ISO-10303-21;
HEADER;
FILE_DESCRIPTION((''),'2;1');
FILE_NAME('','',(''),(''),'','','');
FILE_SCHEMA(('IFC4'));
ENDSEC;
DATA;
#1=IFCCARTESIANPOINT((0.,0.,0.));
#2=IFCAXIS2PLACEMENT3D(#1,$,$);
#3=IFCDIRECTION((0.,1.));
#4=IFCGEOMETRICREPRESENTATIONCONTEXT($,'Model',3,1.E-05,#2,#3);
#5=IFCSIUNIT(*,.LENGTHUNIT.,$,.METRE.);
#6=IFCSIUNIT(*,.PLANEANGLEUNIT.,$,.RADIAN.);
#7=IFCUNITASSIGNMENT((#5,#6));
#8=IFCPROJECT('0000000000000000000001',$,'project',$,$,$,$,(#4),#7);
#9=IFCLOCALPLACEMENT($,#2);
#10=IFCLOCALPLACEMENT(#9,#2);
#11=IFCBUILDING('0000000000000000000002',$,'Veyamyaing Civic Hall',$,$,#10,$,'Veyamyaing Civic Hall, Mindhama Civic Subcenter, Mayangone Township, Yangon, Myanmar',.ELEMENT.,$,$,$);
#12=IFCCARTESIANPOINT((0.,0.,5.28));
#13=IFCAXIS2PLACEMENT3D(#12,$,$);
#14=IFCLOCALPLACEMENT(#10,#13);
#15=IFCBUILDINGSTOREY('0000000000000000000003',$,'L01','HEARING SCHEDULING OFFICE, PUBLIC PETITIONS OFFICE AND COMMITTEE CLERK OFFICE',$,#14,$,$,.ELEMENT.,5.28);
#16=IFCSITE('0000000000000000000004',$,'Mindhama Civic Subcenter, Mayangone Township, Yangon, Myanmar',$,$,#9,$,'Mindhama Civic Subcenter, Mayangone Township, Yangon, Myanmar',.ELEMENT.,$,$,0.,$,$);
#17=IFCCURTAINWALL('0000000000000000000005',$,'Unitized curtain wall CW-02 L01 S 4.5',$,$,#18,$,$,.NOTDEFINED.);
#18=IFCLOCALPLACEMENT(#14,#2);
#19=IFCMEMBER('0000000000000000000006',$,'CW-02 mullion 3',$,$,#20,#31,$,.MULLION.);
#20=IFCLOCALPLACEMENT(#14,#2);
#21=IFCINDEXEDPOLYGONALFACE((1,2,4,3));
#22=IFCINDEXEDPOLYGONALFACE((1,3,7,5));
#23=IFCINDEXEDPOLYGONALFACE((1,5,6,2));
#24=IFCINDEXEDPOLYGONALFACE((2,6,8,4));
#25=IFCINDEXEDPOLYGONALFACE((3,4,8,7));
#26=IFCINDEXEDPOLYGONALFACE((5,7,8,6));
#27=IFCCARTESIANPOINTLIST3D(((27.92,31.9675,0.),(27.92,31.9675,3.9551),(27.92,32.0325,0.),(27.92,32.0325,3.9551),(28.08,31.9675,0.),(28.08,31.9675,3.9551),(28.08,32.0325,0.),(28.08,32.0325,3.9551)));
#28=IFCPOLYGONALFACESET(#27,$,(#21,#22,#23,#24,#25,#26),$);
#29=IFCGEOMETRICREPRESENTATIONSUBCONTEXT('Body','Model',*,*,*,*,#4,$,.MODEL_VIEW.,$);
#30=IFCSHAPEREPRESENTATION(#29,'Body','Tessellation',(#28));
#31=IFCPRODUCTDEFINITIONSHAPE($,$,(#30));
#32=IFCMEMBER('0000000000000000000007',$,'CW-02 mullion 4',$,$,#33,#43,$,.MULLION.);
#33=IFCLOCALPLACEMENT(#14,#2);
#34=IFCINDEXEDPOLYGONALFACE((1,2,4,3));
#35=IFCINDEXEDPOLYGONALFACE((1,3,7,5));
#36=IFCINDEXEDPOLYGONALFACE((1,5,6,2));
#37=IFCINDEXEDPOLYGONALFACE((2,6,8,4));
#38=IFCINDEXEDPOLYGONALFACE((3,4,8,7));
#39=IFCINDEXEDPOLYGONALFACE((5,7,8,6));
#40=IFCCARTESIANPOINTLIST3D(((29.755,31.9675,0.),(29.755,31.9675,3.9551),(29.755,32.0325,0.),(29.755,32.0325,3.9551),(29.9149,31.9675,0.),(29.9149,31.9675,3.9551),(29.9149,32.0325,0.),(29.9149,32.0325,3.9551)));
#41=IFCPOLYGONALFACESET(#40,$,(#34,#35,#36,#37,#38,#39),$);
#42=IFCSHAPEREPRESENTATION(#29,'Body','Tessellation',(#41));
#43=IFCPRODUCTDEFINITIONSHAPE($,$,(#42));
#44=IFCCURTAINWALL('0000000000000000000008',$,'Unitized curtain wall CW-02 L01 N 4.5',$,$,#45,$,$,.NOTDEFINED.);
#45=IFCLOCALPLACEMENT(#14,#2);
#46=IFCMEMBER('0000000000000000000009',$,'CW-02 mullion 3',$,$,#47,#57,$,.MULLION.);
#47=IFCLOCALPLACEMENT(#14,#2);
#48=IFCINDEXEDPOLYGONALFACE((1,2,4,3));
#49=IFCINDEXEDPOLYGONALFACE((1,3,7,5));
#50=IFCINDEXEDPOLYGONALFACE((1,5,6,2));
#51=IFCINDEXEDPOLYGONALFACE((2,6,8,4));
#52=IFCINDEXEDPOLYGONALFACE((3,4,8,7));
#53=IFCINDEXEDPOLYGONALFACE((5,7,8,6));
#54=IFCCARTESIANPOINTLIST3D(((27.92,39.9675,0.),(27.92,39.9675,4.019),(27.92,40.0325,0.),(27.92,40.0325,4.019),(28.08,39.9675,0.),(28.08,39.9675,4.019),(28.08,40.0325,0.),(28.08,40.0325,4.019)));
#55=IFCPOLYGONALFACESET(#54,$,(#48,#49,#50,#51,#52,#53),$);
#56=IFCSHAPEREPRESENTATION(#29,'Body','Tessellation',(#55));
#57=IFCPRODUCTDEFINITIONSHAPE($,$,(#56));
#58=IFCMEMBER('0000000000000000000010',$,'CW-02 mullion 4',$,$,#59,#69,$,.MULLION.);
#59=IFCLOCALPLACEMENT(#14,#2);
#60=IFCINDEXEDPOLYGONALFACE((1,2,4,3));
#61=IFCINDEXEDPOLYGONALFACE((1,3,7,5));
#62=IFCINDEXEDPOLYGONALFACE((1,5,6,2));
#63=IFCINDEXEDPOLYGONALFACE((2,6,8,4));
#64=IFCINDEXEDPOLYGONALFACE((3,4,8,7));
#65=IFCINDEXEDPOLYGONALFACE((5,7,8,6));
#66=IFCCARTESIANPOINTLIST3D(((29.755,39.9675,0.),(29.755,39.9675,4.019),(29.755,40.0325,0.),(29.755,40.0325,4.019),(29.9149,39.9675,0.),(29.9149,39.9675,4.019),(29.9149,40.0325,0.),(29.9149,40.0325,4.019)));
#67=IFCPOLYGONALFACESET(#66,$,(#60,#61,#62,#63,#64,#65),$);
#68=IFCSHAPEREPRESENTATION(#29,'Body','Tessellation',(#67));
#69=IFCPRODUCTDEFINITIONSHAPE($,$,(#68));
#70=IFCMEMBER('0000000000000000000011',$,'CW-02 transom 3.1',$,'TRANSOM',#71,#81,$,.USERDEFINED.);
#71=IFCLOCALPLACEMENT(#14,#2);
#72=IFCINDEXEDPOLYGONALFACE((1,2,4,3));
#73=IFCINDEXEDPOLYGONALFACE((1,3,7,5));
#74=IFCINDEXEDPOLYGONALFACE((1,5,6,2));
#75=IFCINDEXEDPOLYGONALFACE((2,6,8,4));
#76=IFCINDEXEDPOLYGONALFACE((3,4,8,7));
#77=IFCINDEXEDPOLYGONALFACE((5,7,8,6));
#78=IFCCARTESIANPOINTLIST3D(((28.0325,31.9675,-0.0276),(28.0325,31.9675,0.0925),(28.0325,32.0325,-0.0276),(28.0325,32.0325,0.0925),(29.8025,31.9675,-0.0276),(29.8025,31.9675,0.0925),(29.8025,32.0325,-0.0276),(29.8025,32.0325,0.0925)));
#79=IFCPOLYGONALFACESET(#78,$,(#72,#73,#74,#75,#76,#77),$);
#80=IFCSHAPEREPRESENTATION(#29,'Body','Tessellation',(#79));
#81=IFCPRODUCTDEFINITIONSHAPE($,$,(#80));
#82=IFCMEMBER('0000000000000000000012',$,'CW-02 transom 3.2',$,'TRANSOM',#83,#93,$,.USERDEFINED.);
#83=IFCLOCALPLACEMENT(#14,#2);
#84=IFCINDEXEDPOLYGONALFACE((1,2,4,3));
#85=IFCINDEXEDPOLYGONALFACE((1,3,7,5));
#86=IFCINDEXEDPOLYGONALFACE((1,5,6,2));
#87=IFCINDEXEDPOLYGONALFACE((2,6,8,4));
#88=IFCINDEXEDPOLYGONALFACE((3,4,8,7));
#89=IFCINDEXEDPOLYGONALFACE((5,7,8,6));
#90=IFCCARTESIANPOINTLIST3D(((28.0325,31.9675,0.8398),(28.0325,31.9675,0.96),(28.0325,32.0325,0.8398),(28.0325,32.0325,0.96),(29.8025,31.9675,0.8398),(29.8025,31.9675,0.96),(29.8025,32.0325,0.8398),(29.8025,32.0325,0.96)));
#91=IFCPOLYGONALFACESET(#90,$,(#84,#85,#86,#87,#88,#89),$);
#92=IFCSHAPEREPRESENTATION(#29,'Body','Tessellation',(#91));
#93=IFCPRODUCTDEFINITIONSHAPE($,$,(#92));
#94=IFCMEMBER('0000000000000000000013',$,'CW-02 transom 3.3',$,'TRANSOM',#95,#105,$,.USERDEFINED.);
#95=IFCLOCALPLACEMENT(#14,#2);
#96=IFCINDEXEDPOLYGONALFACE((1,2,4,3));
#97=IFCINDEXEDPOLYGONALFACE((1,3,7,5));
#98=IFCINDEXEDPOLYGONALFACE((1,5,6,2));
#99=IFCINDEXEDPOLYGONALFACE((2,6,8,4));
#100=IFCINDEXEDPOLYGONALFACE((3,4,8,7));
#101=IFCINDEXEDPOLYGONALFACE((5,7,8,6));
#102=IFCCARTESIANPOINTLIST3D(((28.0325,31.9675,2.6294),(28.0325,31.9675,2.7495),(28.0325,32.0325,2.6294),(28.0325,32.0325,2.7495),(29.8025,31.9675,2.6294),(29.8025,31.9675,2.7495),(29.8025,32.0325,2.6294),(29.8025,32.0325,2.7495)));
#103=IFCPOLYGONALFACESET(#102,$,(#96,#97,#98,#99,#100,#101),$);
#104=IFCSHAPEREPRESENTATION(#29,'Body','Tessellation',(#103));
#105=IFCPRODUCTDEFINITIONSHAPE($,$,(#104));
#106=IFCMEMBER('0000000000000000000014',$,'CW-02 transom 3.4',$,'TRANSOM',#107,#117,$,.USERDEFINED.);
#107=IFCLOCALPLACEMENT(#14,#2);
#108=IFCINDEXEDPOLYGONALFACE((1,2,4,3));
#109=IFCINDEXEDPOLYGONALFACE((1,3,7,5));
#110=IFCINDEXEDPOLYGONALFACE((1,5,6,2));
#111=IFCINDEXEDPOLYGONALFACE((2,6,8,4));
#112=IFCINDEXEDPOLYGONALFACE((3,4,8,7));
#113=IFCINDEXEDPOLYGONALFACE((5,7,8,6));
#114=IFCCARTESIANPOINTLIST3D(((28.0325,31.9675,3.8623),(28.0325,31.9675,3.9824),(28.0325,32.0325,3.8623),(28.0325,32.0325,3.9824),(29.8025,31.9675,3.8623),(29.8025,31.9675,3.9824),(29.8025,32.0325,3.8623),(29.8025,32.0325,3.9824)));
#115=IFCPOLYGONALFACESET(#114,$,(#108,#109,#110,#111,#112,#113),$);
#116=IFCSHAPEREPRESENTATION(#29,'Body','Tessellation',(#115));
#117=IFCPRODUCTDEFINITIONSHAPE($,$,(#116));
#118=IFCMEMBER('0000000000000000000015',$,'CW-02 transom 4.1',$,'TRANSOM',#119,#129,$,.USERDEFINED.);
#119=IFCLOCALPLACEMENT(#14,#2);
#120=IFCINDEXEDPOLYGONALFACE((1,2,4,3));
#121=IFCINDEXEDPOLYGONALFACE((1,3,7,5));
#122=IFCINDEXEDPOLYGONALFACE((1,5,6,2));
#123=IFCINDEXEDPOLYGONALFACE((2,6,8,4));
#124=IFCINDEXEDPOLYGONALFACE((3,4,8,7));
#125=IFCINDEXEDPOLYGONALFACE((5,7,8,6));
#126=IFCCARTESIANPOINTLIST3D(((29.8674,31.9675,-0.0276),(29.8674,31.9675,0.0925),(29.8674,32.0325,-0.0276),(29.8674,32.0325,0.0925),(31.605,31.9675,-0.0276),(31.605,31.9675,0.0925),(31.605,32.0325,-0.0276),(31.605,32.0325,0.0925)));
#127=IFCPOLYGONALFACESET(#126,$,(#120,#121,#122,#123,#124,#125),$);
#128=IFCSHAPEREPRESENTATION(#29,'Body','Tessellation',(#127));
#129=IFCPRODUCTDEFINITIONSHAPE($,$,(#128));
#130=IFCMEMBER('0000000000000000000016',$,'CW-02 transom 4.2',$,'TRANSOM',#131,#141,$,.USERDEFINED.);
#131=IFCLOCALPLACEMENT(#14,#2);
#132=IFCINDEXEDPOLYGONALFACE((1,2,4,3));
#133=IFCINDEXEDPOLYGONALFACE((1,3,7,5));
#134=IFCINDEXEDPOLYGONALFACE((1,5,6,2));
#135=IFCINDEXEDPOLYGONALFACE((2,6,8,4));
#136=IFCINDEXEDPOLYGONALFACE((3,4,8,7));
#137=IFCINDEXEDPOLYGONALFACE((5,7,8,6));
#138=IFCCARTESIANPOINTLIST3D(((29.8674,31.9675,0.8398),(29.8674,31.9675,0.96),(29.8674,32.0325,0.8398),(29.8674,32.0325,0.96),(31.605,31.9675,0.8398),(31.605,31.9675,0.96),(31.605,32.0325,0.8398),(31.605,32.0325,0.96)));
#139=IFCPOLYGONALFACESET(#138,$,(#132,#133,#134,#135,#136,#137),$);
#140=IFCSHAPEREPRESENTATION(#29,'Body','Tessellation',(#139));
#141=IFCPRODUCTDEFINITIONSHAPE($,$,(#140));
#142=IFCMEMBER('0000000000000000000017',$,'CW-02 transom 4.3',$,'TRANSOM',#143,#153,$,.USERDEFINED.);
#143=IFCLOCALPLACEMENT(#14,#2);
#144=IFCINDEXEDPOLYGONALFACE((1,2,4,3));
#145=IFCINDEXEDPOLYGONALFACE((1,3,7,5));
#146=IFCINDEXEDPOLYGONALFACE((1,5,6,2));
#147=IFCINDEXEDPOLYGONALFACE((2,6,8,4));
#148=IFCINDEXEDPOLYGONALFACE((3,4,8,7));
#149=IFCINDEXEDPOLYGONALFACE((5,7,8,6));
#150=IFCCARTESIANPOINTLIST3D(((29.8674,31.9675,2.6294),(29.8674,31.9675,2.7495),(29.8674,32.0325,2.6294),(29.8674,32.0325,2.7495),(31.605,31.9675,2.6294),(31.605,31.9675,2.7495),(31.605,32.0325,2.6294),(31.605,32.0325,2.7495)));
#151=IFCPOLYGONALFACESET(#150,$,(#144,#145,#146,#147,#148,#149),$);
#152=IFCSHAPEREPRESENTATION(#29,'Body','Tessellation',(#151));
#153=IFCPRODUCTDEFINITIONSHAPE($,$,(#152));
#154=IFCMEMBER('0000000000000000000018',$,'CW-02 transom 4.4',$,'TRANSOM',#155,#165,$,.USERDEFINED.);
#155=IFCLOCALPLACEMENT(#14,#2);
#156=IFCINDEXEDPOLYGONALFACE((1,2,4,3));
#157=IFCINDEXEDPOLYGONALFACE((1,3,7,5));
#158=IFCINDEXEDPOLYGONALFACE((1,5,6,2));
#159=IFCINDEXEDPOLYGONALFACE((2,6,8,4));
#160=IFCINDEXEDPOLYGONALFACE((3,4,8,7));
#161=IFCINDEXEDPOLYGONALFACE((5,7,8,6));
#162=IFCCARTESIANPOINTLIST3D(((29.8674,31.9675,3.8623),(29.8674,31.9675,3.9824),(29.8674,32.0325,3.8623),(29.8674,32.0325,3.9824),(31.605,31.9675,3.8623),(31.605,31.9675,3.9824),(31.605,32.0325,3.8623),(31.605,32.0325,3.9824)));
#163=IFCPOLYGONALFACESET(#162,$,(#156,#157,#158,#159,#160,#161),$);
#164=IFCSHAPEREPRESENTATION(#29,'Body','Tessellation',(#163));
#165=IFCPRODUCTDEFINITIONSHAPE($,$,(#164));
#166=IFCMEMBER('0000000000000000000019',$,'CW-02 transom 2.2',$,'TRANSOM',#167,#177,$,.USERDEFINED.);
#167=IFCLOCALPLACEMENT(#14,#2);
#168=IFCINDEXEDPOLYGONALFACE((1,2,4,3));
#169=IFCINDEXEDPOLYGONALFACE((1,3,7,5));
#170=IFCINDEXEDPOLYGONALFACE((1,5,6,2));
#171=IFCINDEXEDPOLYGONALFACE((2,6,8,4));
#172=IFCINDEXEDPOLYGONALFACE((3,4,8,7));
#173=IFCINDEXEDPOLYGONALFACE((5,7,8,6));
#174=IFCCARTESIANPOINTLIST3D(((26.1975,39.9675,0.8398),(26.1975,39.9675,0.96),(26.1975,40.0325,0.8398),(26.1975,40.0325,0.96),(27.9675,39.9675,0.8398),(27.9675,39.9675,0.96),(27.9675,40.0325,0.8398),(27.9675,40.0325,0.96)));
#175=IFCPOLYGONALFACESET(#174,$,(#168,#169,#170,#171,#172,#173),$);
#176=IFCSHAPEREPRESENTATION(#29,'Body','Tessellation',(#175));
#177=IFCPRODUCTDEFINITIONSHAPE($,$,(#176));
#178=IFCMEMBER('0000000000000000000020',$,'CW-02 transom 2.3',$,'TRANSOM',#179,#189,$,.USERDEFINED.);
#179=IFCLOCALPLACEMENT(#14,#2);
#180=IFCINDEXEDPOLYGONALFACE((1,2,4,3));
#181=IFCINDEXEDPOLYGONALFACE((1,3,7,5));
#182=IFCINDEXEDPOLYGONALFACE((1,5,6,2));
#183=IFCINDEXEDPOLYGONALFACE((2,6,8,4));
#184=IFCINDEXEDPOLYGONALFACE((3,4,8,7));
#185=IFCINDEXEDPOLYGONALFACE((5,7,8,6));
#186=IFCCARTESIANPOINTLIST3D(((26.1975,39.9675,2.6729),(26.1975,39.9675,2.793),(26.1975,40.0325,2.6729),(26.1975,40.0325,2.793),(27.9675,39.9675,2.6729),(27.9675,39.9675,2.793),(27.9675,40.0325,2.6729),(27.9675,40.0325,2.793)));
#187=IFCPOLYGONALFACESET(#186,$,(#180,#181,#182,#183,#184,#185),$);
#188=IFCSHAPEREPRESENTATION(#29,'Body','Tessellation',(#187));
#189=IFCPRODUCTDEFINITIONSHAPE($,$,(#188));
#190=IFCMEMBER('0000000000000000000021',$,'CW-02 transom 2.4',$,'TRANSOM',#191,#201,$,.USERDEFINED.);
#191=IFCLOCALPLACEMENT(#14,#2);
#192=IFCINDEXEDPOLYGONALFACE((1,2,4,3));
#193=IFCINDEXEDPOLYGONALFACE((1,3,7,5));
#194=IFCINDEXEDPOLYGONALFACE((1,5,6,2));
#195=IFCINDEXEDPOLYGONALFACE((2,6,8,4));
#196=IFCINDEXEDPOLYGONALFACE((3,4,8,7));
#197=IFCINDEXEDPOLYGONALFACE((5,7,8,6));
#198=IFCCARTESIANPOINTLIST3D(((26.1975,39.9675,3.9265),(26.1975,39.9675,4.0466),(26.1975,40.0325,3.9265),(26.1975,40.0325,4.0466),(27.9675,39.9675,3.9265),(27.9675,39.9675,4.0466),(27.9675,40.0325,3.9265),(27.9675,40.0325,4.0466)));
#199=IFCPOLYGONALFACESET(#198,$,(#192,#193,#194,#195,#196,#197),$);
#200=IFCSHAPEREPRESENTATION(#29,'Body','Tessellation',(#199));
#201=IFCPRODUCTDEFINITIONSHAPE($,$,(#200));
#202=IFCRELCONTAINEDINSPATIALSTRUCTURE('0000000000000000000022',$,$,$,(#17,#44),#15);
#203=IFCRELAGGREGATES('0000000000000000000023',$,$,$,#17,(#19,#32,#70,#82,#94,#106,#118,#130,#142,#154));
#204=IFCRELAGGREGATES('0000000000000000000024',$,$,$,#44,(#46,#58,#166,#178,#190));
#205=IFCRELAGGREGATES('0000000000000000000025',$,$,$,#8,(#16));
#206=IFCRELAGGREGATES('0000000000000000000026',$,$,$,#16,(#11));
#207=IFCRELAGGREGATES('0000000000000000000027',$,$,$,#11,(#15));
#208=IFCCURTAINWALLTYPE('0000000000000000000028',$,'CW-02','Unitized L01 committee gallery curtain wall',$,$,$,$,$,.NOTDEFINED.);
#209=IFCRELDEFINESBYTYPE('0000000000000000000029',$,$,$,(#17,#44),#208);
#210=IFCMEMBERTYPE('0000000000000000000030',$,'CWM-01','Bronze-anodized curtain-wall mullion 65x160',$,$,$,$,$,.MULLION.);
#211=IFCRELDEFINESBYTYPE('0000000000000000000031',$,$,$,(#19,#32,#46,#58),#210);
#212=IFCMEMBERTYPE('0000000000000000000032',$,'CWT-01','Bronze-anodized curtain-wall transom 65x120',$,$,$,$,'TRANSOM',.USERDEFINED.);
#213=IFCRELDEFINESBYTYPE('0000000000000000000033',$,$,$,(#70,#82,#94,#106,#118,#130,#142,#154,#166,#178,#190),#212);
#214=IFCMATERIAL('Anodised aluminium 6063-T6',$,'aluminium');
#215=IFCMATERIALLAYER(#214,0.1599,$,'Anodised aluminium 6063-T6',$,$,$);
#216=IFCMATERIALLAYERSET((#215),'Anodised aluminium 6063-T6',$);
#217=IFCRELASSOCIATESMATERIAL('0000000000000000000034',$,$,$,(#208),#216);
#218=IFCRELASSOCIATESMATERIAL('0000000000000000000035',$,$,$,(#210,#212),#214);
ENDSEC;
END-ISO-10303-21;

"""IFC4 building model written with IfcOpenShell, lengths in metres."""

from ifc_helpers import new_model, si_unit, direction, frame, origin, origin_2d, place, context, subcontext, project, spatial, rectangle, extrude, material, layer, layer_set, material_profile, profile_set, type_object, element, aggregate, save


model = new_model("IFC4")

# Units and contexts
model_context = context("Model", 3, precision=1e-05, world=origin(), true_north=direction((0.0, 1.0)))
body_context = subcontext(model_context, "Body", "Model", "MODEL_VIEW")
ifc_project = project(units=[si_unit("LENGTHUNIT", "METRE"), si_unit("PLANEANGLEUNIT", "RADIAN")], contexts=[model_context])

# Site, building, storey
site_placement = place(None, origin())
site = spatial("IfcSite", under=ifc_project, at=site_placement, Name="Mindhama Civic Subcenter, Mayangone Township, Yangon, Myanmar", LongName="Mindhama Civic Subcenter, Mayangone Township, Yangon, Myanmar", CompositionType="ELEMENT", RefElevation=0.0)
building_placement = place(site_placement, origin())
building = spatial("IfcBuilding", under=site, at=building_placement, Name="Veyamyaing Civic Hall", LongName="Veyamyaing Civic Hall, Mindhama Civic Subcenter, Mayangone Township, Yangon, Myanmar", CompositionType="ELEMENT")
storey_placement = place(building_placement, frame((0.0, 0.0, 5.28)))
storey = spatial("IfcBuildingStorey", under=building, at=storey_placement, Name="L01", Description="HEARING SCHEDULING OFFICE, PUBLIC PETITIONS OFFICE AND COMMITTEE CLERK OFFICE", CompositionType="ELEMENT", Elevation=5.28)

# Curtain walls, members
ifc_material_1 = material(Name="Anodised aluminium 6063-T6", Category="aluminium")
ifc_layer_1 = layer(ifc_material_1, 0.1599, Name="Anodised aluminium 6063-T6")
ifc_layer_set_1 = layer_set([ifc_layer_1], Name="Anodised aluminium 6063-T6")
curtain_wall_type = type_object("IfcCurtainWallType", Name="CW-02", Description="Unitized L01 committee gallery curtain wall", PredefinedType="NOTDEFINED", material=ifc_layer_set_1)
curtain_wall_1_placement = place(storey_placement, origin())
curtain_wall_1 = element("IfcCurtainWall", 1, at=curtain_wall_1_placement, inside=storey, type_object=curtain_wall_type, Name="Unitized curtain wall CW-02 L01 S 4.5", PredefinedType="NOTDEFINED")
ifc_material_profile_1 = material_profile(ifc_material_1, rectangle(XDim=0.0649, YDim=0.1599, at=origin_2d()), Name="ALU-MUL-65X160")
ifc_profile_set_1 = profile_set([ifc_material_profile_1], Name="Anodised aluminium 6063-T6")
member_type_1 = type_object("IfcMemberType", Name="CWM-01", Description="Bronze-anodized curtain-wall mullion 65x160", PredefinedType="MULLION", material=ifc_profile_set_1)
member_1_placement = place(storey_placement, frame((28.0, 32.0, 0.0), z_axis=(0.0, 0.0, 1.0), x_axis=(0.0, 1.0, 0.0)))
member_1 = element("IfcMember", 2, at=member_1_placement, type_object=member_type_1, Name="CW-02 mullion 3", PredefinedType="MULLION", context=body_context, shape_type="SweptSolid", body=[
    extrude(rectangle(XDim=0.0649, YDim=0.1599, at=origin_2d()), origin(), (0.0, 0.0, 1.0), 3.9551),
])
member_2_placement = place(storey_placement, frame((29.835, 32.0, 0.0), z_axis=(0.0, 0.0, 1.0), x_axis=(0.0, 1.0, 0.0)))
member_2 = element("IfcMember", 3, at=member_2_placement, type_object=member_type_1, Name="CW-02 mullion 4", PredefinedType="MULLION", context=body_context, shape_type="SweptSolid", body=[
    extrude(rectangle(XDim=0.0649, YDim=0.1599, at=origin_2d()), origin(), (0.0, 0.0, 1.0), 3.9551),
])
curtain_wall_2_placement = place(storey_placement, origin())
curtain_wall_2 = element("IfcCurtainWall", 4, at=curtain_wall_2_placement, inside=storey, type_object=curtain_wall_type, Name="Unitized curtain wall CW-02 L01 N 4.5", PredefinedType="NOTDEFINED")
member_3_placement = place(storey_placement, frame((28.0, 40.0, 0.0), z_axis=(0.0, 0.0, 1.0), x_axis=(0.0, 1.0, 0.0)))
member_3 = element("IfcMember", 5, at=member_3_placement, type_object=member_type_1, Name="CW-02 mullion 3", PredefinedType="MULLION", context=body_context, shape_type="SweptSolid", body=[
    extrude(rectangle(XDim=0.0649, YDim=0.1599, at=origin_2d()), origin(), (0.0, 0.0, 1.0), 4.019),
])
member_4_placement = place(storey_placement, frame((29.835, 40.0, 0.0), z_axis=(0.0, 0.0, 1.0), x_axis=(0.0, 1.0, 0.0)))
member_4 = element("IfcMember", 6, at=member_4_placement, type_object=member_type_1, Name="CW-02 mullion 4", PredefinedType="MULLION", context=body_context, shape_type="SweptSolid", body=[
    extrude(rectangle(XDim=0.0649, YDim=0.1599, at=origin_2d()), origin(), (0.0, 0.0, 1.0), 4.019),
])

# Members
ifc_material_profile_2 = material_profile(ifc_material_1, rectangle(XDim=0.0649, YDim=0.1201, at=origin_2d()), Name="ALU-TRN-65X120")
ifc_profile_set_2 = profile_set([ifc_material_profile_2], Name="Anodised aluminium 6063-T6")
member_type_2 = type_object("IfcMemberType", Name="CWT-01", Description="Bronze-anodized curtain-wall transom 65x120", ElementType="TRANSOM", PredefinedType="USERDEFINED", material=ifc_profile_set_2)
member_5_placement = place(storey_placement, frame((28.0325, 32.0, 0.0325), z_axis=(1.0, 0.0, 0.0), x_axis=(0.0, 1.0, 0.0)))
member_5 = element("IfcMember", 7, at=member_5_placement, type_object=member_type_2, Name="CW-02 transom 3.1", ObjectType="TRANSOM", PredefinedType="USERDEFINED", context=body_context, shape_type="SweptSolid", body=[
    extrude(rectangle(XDim=0.0649, YDim=0.1201, at=origin_2d()), origin(), (0.0, 0.0, 1.0), 1.77),
])
member_6_placement = place(storey_placement, frame((28.0325, 32.0, 0.8999), z_axis=(1.0, 0.0, 0.0), x_axis=(0.0, 1.0, 0.0)))
member_6 = element("IfcMember", 8, at=member_6_placement, type_object=member_type_2, Name="CW-02 transom 3.2", ObjectType="TRANSOM", PredefinedType="USERDEFINED", context=body_context, shape_type="SweptSolid", body=[
    extrude(rectangle(XDim=0.0649, YDim=0.1201, at=origin_2d()), origin(), (0.0, 0.0, 1.0), 1.77),
])
member_7_placement = place(storey_placement, frame((28.0325, 32.0, 2.6895), z_axis=(1.0, 0.0, 0.0), x_axis=(0.0, 1.0, 0.0)))
member_7 = element("IfcMember", 9, at=member_7_placement, type_object=member_type_2, Name="CW-02 transom 3.3", ObjectType="TRANSOM", PredefinedType="USERDEFINED", context=body_context, shape_type="SweptSolid", body=[
    extrude(rectangle(XDim=0.0649, YDim=0.1201, at=origin_2d()), origin(), (0.0, 0.0, 1.0), 1.77),
])
member_8_placement = place(storey_placement, frame((28.0325, 32.0, 3.9224), z_axis=(1.0, 0.0, 0.0), x_axis=(0.0, 1.0, 0.0)))
member_8 = element("IfcMember", 10, at=member_8_placement, type_object=member_type_2, Name="CW-02 transom 3.4", ObjectType="TRANSOM", PredefinedType="USERDEFINED", context=body_context, shape_type="SweptSolid", body=[
    extrude(rectangle(XDim=0.0649, YDim=0.1201, at=origin_2d()), origin(), (0.0, 0.0, 1.0), 1.77),
])
member_9_placement = place(storey_placement, frame((29.8674, 32.0, 0.0325), z_axis=(1.0, 0.0, 0.0), x_axis=(0.0, 1.0, 0.0)))
member_9 = element("IfcMember", 11, at=member_9_placement, type_object=member_type_2, Name="CW-02 transom 4.1", ObjectType="TRANSOM", PredefinedType="USERDEFINED", context=body_context, shape_type="SweptSolid", body=[
    extrude(rectangle(XDim=0.0649, YDim=0.1201, at=origin_2d()), origin(), (0.0, 0.0, 1.0), 1.7375),
])
member_10_placement = place(storey_placement, frame((29.8674, 32.0, 0.8999), z_axis=(1.0, 0.0, 0.0), x_axis=(0.0, 1.0, 0.0)))
member_10 = element("IfcMember", 12, at=member_10_placement, type_object=member_type_2, Name="CW-02 transom 4.2", ObjectType="TRANSOM", PredefinedType="USERDEFINED", context=body_context, shape_type="SweptSolid", body=[
    extrude(rectangle(XDim=0.0649, YDim=0.1201, at=origin_2d()), origin(), (0.0, 0.0, 1.0), 1.7375),
])
member_11_placement = place(storey_placement, frame((29.8674, 32.0, 2.6895), z_axis=(1.0, 0.0, 0.0), x_axis=(0.0, 1.0, 0.0)))
member_11 = element("IfcMember", 13, at=member_11_placement, type_object=member_type_2, Name="CW-02 transom 4.3", ObjectType="TRANSOM", PredefinedType="USERDEFINED", context=body_context, shape_type="SweptSolid", body=[
    extrude(rectangle(XDim=0.0649, YDim=0.1201, at=origin_2d()), origin(), (0.0, 0.0, 1.0), 1.7375),
])
member_12_placement = place(storey_placement, frame((29.8674, 32.0, 3.9224), z_axis=(1.0, 0.0, 0.0), x_axis=(0.0, 1.0, 0.0)))
member_12 = element("IfcMember", 14, at=member_12_placement, type_object=member_type_2, Name="CW-02 transom 4.4", ObjectType="TRANSOM", PredefinedType="USERDEFINED", context=body_context, shape_type="SweptSolid", body=[
    extrude(rectangle(XDim=0.0649, YDim=0.1201, at=origin_2d()), origin(), (0.0, 0.0, 1.0), 1.7375),
])
member_13_placement = place(storey_placement, frame((26.1975, 40.0, 0.8999), z_axis=(1.0, 0.0, 0.0), x_axis=(0.0, 1.0, 0.0)))
member_13 = element("IfcMember", 15, at=member_13_placement, type_object=member_type_2, Name="CW-02 transom 2.2", ObjectType="TRANSOM", PredefinedType="USERDEFINED", context=body_context, shape_type="SweptSolid", body=[
    extrude(rectangle(XDim=0.0649, YDim=0.1201, at=origin_2d()), origin(), (0.0, 0.0, 1.0), 1.77),
])
member_14_placement = place(storey_placement, frame((26.1975, 40.0, 2.7329), z_axis=(1.0, 0.0, 0.0), x_axis=(0.0, 1.0, 0.0)))
member_14 = element("IfcMember", 16, at=member_14_placement, type_object=member_type_2, Name="CW-02 transom 2.3", ObjectType="TRANSOM", PredefinedType="USERDEFINED", context=body_context, shape_type="SweptSolid", body=[
    extrude(rectangle(XDim=0.0649, YDim=0.1201, at=origin_2d()), origin(), (0.0, 0.0, 1.0), 1.77),
])
member_15_placement = place(storey_placement, frame((26.1975, 40.0, 3.9866), z_axis=(1.0, 0.0, 0.0), x_axis=(0.0, 1.0, 0.0)))
member_15 = element("IfcMember", 17, at=member_15_placement, type_object=member_type_2, Name="CW-02 transom 2.4", ObjectType="TRANSOM", PredefinedType="USERDEFINED", context=body_context, shape_type="SweptSolid", body=[
    extrude(rectangle(XDim=0.0649, YDim=0.1201, at=origin_2d()), origin(), (0.0, 0.0, 1.0), 1.77),
])

aggregate(curtain_wall_1, [member_1, member_2, member_5, member_6, member_7, member_8, member_9, member_10, member_11, member_12])
aggregate(curtain_wall_2, [member_3, member_4, member_13, member_14, member_15])

save(model, "model.ifc")
